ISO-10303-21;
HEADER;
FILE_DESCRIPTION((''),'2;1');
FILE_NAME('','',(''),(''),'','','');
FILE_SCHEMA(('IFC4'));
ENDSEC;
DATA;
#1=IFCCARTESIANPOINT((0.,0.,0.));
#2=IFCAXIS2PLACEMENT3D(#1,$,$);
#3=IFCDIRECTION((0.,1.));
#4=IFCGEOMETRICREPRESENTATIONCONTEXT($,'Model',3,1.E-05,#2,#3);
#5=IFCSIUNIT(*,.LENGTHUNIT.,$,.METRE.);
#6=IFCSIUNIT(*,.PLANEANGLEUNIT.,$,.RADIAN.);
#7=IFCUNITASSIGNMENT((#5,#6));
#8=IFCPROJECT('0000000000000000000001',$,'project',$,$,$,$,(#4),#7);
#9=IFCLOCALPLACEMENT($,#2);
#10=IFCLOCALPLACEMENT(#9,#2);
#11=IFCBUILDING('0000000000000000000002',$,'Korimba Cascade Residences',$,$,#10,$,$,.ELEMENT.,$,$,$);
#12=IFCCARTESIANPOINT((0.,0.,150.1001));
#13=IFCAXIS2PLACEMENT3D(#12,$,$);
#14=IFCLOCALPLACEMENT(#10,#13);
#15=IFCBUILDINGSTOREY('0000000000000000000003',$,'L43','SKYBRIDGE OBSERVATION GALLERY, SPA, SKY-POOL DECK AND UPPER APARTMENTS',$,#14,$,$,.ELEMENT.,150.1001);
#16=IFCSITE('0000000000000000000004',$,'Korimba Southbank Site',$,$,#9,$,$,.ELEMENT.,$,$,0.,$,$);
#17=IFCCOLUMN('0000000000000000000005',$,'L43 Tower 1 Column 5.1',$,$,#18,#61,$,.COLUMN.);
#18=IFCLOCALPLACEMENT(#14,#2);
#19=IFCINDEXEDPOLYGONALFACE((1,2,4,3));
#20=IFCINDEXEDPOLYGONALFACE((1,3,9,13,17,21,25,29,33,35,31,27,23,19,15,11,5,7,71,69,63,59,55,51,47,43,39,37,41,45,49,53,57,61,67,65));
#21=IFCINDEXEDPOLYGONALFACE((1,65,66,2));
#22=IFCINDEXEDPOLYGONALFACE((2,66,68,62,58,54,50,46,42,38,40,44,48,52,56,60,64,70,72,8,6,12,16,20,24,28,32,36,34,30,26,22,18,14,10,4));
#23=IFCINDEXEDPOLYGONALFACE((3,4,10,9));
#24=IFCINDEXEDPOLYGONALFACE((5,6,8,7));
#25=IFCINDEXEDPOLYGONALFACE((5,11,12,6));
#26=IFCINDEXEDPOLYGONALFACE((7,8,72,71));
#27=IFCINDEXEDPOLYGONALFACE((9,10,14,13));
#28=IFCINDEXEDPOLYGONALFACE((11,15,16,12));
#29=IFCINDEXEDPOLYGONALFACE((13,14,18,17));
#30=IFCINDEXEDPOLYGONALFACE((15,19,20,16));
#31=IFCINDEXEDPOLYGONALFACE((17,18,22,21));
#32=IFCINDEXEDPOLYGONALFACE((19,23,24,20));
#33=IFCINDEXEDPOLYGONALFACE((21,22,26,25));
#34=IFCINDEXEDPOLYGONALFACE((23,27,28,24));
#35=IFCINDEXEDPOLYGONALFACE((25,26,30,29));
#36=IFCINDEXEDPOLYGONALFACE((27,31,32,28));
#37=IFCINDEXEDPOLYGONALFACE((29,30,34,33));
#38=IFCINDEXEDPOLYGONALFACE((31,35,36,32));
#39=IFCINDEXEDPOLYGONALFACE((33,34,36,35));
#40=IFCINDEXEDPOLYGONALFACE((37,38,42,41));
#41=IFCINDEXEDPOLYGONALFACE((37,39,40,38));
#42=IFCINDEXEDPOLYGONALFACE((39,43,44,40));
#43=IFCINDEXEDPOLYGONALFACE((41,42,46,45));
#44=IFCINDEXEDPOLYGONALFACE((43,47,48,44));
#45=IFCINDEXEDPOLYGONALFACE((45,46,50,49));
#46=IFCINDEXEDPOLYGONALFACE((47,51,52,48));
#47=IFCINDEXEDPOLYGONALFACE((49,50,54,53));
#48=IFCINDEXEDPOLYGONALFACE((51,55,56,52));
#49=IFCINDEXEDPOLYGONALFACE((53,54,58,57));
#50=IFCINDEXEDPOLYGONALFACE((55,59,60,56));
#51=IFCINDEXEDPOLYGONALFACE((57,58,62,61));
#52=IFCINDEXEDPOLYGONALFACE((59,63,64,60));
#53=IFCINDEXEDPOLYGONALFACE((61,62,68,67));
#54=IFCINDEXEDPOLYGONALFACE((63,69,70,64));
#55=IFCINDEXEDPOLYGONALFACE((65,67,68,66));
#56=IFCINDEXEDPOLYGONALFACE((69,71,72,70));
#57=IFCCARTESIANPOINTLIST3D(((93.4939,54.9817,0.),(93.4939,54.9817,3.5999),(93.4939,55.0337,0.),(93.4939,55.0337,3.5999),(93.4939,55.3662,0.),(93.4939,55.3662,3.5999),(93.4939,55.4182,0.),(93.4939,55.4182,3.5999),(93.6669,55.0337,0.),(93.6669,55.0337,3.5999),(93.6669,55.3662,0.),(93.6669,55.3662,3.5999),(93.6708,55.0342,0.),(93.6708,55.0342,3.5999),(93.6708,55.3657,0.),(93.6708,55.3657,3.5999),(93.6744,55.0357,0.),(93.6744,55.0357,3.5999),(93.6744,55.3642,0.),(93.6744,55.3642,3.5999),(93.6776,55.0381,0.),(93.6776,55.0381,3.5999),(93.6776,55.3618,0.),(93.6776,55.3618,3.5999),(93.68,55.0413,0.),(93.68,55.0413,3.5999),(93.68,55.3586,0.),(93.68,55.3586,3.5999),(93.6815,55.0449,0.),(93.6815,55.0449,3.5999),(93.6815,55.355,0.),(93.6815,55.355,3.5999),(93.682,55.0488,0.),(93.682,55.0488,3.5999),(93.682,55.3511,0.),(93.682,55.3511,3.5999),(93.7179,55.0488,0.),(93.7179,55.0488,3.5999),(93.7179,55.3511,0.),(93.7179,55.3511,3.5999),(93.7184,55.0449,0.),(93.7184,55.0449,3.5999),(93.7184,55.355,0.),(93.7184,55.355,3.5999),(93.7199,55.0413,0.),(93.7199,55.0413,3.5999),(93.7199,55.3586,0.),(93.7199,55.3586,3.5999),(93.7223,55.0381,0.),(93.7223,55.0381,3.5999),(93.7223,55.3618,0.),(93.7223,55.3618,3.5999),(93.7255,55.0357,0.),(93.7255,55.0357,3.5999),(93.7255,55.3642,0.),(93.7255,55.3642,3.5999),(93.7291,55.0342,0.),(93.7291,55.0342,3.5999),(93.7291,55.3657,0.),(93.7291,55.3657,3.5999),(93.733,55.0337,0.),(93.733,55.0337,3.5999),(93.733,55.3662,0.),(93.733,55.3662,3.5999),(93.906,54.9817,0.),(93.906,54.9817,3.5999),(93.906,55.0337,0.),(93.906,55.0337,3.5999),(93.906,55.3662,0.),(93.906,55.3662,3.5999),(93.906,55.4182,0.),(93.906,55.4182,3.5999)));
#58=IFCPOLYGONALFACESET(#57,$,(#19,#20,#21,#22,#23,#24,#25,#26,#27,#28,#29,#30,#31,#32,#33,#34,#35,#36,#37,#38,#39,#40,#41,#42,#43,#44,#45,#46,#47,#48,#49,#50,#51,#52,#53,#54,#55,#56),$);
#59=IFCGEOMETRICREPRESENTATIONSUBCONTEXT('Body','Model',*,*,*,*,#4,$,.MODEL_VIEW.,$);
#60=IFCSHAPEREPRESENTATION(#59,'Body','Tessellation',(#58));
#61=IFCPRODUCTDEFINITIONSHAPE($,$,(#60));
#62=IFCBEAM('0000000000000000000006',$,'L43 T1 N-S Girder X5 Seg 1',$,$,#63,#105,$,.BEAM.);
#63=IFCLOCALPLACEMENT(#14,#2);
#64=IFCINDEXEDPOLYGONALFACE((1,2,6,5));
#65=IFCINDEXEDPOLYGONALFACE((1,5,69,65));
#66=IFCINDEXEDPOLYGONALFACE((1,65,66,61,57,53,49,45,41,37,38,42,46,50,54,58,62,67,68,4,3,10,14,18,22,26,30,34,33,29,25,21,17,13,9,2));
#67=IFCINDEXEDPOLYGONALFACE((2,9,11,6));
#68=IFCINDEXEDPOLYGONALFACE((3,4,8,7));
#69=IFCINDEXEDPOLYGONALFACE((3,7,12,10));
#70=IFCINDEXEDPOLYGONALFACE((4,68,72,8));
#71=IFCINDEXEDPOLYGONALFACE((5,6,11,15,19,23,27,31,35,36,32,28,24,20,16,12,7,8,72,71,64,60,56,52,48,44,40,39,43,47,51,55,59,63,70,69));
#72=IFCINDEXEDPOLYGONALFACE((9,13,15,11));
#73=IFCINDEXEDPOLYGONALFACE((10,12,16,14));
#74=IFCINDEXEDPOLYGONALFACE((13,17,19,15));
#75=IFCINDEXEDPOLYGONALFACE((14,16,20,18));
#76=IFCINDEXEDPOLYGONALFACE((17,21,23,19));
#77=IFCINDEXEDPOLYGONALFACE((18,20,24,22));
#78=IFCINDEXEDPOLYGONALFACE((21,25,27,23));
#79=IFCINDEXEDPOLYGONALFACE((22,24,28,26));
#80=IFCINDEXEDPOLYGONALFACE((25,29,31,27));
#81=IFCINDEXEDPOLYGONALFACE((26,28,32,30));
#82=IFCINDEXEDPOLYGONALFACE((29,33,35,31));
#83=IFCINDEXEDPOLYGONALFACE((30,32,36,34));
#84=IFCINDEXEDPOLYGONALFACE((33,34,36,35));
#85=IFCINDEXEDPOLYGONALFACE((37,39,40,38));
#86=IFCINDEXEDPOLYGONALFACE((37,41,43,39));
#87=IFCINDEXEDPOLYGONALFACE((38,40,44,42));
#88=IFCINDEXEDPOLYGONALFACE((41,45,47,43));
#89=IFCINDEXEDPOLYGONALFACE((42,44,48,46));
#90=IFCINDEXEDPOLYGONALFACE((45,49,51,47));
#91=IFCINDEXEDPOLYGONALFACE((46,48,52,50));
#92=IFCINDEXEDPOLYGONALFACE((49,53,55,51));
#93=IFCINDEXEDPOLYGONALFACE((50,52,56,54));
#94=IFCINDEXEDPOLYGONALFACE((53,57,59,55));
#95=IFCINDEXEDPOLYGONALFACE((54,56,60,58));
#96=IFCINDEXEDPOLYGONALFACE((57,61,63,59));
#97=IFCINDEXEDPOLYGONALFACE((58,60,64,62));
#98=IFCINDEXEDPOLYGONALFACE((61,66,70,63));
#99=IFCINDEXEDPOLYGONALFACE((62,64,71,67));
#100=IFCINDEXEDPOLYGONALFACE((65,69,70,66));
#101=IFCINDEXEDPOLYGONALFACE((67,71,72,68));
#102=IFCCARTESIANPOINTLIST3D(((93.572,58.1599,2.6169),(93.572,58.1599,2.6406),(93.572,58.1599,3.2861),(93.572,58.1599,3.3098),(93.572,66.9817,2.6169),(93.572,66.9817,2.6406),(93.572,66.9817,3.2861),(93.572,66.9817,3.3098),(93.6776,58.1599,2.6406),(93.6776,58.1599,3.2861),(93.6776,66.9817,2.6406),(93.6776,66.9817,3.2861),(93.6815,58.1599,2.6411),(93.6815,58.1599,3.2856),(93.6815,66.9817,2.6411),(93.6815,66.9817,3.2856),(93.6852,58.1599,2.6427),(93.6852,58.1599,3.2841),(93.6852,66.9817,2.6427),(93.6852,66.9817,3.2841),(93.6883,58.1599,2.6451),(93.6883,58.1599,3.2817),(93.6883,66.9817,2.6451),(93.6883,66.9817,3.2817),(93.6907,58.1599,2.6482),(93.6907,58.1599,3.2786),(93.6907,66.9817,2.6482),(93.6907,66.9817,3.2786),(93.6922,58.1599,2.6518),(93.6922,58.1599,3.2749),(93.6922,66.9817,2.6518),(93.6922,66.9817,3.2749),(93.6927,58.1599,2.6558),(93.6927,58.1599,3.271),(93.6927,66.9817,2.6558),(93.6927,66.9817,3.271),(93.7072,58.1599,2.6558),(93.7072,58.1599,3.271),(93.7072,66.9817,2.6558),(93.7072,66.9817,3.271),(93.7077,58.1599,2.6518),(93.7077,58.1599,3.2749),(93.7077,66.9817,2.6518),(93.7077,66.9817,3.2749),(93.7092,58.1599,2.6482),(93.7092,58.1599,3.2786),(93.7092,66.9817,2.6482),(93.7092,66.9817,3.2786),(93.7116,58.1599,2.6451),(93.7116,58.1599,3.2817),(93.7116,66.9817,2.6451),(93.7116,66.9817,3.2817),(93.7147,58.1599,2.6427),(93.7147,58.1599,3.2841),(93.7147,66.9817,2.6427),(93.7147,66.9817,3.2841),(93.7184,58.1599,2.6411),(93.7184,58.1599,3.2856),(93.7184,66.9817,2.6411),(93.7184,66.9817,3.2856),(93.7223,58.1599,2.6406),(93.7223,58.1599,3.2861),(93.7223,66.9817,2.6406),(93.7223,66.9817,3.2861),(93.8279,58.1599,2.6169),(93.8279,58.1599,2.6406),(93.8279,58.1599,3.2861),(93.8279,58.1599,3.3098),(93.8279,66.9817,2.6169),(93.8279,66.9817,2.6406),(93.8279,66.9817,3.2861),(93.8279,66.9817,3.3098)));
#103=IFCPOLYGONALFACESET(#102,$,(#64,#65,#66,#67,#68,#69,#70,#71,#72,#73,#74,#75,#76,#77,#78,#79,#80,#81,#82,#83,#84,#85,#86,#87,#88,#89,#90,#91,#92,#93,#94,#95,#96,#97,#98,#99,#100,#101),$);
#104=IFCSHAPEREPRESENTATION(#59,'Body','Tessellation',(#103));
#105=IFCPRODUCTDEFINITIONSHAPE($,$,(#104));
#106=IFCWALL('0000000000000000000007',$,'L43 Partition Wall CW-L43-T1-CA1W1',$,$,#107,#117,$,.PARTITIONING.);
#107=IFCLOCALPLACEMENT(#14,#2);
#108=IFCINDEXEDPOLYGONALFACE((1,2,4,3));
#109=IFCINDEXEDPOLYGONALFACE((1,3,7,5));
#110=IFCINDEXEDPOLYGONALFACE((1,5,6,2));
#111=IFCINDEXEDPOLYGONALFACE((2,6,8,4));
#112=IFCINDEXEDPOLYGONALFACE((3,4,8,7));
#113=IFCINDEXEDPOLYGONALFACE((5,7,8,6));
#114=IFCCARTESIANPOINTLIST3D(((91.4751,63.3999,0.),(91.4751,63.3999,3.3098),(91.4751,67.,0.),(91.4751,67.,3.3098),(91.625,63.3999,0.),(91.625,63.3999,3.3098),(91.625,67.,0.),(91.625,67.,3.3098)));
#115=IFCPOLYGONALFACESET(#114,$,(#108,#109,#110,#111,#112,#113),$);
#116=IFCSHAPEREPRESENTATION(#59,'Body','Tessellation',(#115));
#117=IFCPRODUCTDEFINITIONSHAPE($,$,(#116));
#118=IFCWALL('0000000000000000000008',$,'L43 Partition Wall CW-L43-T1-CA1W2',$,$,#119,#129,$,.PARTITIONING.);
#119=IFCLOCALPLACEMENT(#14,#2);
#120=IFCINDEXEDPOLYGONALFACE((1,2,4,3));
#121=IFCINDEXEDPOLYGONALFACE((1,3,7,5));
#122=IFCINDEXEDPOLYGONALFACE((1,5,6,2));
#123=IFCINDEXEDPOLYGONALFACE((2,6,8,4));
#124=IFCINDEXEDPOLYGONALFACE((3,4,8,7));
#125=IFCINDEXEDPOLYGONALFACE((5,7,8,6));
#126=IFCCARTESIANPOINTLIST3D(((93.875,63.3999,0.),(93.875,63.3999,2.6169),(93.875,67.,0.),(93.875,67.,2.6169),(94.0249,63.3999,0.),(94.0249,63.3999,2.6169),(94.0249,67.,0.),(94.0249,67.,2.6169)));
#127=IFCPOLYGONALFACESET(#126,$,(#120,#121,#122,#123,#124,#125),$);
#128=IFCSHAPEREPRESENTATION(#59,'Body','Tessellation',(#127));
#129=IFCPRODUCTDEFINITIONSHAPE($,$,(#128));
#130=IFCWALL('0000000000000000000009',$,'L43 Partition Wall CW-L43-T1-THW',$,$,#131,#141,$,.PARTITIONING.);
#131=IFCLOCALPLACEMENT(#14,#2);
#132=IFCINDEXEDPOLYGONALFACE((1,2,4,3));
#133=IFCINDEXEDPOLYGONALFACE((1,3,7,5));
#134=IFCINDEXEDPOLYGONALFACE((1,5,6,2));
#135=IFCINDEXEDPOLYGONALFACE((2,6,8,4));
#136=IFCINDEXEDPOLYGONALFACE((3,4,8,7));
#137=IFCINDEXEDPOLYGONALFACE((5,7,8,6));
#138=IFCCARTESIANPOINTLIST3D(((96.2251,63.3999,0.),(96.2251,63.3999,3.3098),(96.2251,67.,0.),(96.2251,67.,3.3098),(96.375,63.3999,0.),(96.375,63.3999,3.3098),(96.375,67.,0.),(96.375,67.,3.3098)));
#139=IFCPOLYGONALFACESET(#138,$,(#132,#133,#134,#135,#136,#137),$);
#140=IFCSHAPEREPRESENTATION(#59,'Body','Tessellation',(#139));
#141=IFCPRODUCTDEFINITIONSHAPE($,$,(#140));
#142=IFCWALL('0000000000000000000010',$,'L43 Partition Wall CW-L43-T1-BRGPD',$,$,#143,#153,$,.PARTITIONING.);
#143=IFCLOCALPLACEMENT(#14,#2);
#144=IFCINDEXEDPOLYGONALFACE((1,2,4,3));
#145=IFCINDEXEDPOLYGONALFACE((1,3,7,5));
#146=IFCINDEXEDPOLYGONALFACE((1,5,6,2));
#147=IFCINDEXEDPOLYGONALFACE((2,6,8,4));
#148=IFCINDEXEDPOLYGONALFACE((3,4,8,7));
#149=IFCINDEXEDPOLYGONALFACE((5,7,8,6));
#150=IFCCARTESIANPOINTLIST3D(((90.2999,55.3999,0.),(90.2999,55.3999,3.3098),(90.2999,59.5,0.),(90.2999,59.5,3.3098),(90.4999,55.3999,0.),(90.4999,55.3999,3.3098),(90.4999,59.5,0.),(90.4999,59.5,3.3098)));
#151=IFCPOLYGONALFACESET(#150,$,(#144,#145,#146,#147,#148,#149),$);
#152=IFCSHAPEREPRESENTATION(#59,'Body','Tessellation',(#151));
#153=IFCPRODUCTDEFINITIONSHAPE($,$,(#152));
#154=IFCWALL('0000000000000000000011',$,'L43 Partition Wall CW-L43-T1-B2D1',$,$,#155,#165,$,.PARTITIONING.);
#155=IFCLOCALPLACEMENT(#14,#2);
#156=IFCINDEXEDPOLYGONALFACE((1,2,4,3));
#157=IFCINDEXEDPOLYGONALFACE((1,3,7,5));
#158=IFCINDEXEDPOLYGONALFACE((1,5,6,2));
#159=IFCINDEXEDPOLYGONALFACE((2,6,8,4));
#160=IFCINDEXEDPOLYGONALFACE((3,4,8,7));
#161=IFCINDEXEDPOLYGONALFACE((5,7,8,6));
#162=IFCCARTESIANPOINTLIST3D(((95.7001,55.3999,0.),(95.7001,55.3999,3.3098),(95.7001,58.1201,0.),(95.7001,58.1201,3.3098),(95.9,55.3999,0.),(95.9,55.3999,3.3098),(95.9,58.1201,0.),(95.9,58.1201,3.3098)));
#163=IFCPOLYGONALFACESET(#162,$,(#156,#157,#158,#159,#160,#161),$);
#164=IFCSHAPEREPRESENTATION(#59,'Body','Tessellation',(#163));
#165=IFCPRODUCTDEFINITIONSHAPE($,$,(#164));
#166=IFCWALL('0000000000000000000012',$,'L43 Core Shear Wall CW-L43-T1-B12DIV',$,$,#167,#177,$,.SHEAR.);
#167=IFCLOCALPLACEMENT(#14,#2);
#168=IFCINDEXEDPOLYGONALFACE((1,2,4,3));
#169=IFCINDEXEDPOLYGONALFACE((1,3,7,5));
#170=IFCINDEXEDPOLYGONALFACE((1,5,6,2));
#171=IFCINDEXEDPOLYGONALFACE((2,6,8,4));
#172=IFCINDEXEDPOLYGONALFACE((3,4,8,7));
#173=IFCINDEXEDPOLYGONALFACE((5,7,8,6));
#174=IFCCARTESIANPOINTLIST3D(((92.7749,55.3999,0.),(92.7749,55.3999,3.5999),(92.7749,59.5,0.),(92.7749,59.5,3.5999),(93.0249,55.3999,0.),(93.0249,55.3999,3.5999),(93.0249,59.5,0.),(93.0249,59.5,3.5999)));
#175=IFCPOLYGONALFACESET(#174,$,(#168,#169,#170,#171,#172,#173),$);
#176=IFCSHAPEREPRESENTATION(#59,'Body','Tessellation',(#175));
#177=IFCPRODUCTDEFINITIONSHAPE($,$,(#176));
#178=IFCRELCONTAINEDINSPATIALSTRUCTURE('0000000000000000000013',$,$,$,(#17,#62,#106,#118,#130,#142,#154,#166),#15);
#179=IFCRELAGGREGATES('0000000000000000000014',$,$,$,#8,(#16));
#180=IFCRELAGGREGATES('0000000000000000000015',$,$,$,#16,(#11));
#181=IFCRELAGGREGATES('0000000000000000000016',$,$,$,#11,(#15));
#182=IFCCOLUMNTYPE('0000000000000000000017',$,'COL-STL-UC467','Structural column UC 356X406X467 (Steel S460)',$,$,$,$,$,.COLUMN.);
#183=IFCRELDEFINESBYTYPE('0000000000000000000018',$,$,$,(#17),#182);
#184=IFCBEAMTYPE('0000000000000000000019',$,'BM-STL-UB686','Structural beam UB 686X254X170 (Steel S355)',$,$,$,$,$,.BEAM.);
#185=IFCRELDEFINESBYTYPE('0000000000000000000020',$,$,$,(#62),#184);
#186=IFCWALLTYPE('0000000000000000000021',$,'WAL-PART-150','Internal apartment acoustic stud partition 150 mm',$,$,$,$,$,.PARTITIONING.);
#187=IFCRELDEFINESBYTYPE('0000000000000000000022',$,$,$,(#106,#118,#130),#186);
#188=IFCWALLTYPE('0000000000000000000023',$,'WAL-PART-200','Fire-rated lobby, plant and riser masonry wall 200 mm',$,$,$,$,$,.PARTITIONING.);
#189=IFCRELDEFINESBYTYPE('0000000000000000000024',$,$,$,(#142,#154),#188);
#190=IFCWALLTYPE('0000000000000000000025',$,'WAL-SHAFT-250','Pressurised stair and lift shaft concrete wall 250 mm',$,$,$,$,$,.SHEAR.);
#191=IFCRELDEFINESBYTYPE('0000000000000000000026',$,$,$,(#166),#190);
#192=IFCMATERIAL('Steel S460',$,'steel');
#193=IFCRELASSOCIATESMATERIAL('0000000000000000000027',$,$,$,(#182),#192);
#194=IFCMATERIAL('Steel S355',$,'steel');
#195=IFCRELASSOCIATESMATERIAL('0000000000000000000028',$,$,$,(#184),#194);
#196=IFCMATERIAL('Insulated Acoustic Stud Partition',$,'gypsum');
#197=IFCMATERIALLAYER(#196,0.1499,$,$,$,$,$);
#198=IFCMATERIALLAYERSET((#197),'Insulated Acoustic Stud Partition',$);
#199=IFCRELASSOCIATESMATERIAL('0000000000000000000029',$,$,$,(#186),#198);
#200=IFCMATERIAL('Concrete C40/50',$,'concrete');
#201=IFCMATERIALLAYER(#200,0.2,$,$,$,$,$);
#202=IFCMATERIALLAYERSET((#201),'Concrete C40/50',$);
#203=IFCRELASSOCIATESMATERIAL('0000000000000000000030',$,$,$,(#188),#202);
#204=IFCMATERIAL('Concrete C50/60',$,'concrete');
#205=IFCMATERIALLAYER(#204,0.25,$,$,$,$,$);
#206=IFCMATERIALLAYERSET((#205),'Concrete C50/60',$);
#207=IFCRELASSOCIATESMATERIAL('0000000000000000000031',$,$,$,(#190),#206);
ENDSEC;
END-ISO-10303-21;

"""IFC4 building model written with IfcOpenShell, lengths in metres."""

from ifc_helpers import new_model, si_unit, direction, frame, frame_2d, origin, origin_2d, place, context, subcontext, project, spatial, rectangle, i_section, extrude, material, layer, layer_set, material_profile, profile_set, type_object, element, save


model = new_model("IFC4")

# Units and contexts
model_context = context("Model", 3, precision=1e-05, world=origin(), true_north=direction((0.0, 1.0)))
body_context = subcontext(model_context, "Body", "Model", "MODEL_VIEW")
ifc_project = project(units=[si_unit("LENGTHUNIT", "METRE"), si_unit("PLANEANGLEUNIT", "RADIAN")], contexts=[model_context])

# Site, building, storey
site_placement = place(None, origin())
site = spatial("IfcSite", under=ifc_project, at=site_placement, Name="Korimba Southbank Site", CompositionType="ELEMENT", RefElevation=0.0)
building_placement = place(site_placement, origin())
building = spatial("IfcBuilding", under=site, at=building_placement, Name="Korimba Cascade Residences", CompositionType="ELEMENT")
storey_placement = place(building_placement, frame((0.0, 0.0, 150.1001)))
storey = spatial("IfcBuildingStorey", under=building, at=storey_placement, Name="L43", Description="SKYBRIDGE OBSERVATION GALLERY, SPA, SKY-POOL DECK AND UPPER APARTMENTS", CompositionType="ELEMENT", Elevation=150.1001)

# Column
ifc_material_1 = material(Name="Steel S460", Category="steel")
ifc_material_profile_1 = material_profile(ifc_material_1, i_section(OverallWidth=0.4121, OverallDepth=0.4365, WebThickness=0.0359, FlangeThickness=0.052, FilletRadius=0.0151, at=origin_2d()), Name="Steel S460")
ifc_profile_set_1 = profile_set([ifc_material_profile_1], Name="Steel S460")
column_type = type_object("IfcColumnType", Name="COL-STL-UC467", Description="Structural column UC 356X406X467 (Steel S460)", PredefinedType="COLUMN", material=ifc_profile_set_1)
column_placement = place(storey_placement, frame((93.7, 55.2, 0.0), z_axis=(0.0, 0.0, 1.0), x_axis=(1.0, 0.0, 0.0)))
element("IfcColumn", 1, at=column_placement, inside=storey, type_object=column_type, Name="L43 Tower 1 Column 5.1", PredefinedType="COLUMN", context=body_context, shape_type="SweptSolid", body=[
    extrude(i_section(OverallWidth=0.4121, OverallDepth=0.4365, WebThickness=0.0359, FlangeThickness=0.052, FilletRadius=0.0151, at=origin_2d()), origin(), (0.0, 0.0, 1.0), 3.5999),
])

# Beam
ifc_material_2 = material(Name="Steel S355", Category="steel")
ifc_material_profile_2 = material_profile(ifc_material_2, i_section(OverallWidth=0.2559, OverallDepth=0.6929, WebThickness=0.0144, FlangeThickness=0.0237, FilletRadius=0.0151, at=origin_2d()), Name="Steel S355")
ifc_profile_set_2 = profile_set([ifc_material_profile_2], Name="Steel S355")
beam_type = type_object("IfcBeamType", Name="BM-STL-UB686", Description="Structural beam UB 686X254X170 (Steel S355)", PredefinedType="BEAM", material=ifc_profile_set_2)
beam_placement = place(storey_placement, frame((93.7, 58.1599, 2.9634), z_axis=(0.0, 1.0, 0.0), x_axis=(-1.0, 0.0, 0.0)))
element("IfcBeam", 2, at=beam_placement, inside=storey, type_object=beam_type, Name="L43 T1 N-S Girder X5 Seg 1", PredefinedType="BEAM", context=body_context, shape_type="SweptSolid", body=[
    extrude(i_section(OverallWidth=0.2559, OverallDepth=0.6929, WebThickness=0.0144, FlangeThickness=0.0237, FilletRadius=0.0151, at=origin_2d()), origin(), (0.0, 0.0, 1.0), 8.8218),
])

# Walls
ifc_material_3 = material(Name="Insulated Acoustic Stud Partition", Category="gypsum")
ifc_layer_1 = layer(ifc_material_3, 0.1499)
ifc_layer_set_1 = layer_set([ifc_layer_1], Name="Insulated Acoustic Stud Partition")
wall_type_1 = type_object("IfcWallType", Name="WAL-PART-150", Description="Internal apartment acoustic stud partition 150 mm", PredefinedType="PARTITIONING", material=ifc_layer_set_1)
wall_1_placement = place(storey_placement, frame((91.55, 63.3999, 0.0), z_axis=(0.0, 0.0, 1.0), x_axis=(0.0, 1.0, 0.0)))
element("IfcWall", 3, at=wall_1_placement, inside=storey, type_object=wall_type_1, Name="L43 Partition Wall CW-L43-T1-CA1W1", PredefinedType="PARTITIONING", context=body_context, shape_type="SweptSolid", body=[
    extrude(rectangle(XDim=3.6001, YDim=0.1499, at=frame_2d((1.8, 0.0))), origin(), (0.0, 0.0, 1.0), 3.3098),
])
wall_2_placement = place(storey_placement, frame((93.95, 63.3999, 0.0), z_axis=(0.0, 0.0, 1.0), x_axis=(0.0, 1.0, 0.0)))
element("IfcWall", 4, at=wall_2_placement, inside=storey, type_object=wall_type_1, Name="L43 Partition Wall CW-L43-T1-CA1W2", PredefinedType="PARTITIONING", context=body_context, shape_type="SweptSolid", body=[
    extrude(rectangle(XDim=3.6001, YDim=0.1499, at=frame_2d((1.8, 0.0))), origin(), (0.0, 0.0, 1.0), 2.6169),
])
wall_3_placement = place(storey_placement, frame((96.3, 63.3999, 0.0), z_axis=(0.0, 0.0, 1.0), x_axis=(0.0, 1.0, 0.0)))
element("IfcWall", 5, at=wall_3_placement, inside=storey, type_object=wall_type_1, Name="L43 Partition Wall CW-L43-T1-THW", PredefinedType="PARTITIONING", context=body_context, shape_type="SweptSolid", body=[
    extrude(rectangle(XDim=3.6001, YDim=0.1499, at=frame_2d((1.8, 0.0))), origin(), (0.0, 0.0, 1.0), 3.3098),
])
ifc_material_4 = material(Name="Concrete C40/50", Category="concrete")
ifc_layer_2 = layer(ifc_material_4, 0.2)
ifc_layer_set_2 = layer_set([ifc_layer_2], Name="Concrete C40/50")
wall_type_2 = type_object("IfcWallType", Name="WAL-PART-200", Description="Fire-rated lobby, plant and riser masonry wall 200 mm", PredefinedType="PARTITIONING", material=ifc_layer_set_2)
wall_4_placement = place(storey_placement, frame((90.3999, 55.3999, 0.0), z_axis=(0.0, 0.0, 1.0), x_axis=(0.0, 1.0, 0.0)))
element("IfcWall", 6, at=wall_4_placement, inside=storey, type_object=wall_type_2, Name="L43 Partition Wall CW-L43-T1-BRGPD", PredefinedType="PARTITIONING", context=body_context, shape_type="SweptSolid", body=[
    extrude(rectangle(XDim=4.1001, YDim=0.2, at=frame_2d((2.05, 0.0))), origin(), (0.0, 0.0, 1.0), 3.3098),
])
wall_5_placement = place(storey_placement, frame((95.8, 55.3999, 0.0), z_axis=(0.0, 0.0, 1.0), x_axis=(0.0, 1.0, 0.0)))
element("IfcWall", 7, at=wall_5_placement, inside=storey, type_object=wall_type_2, Name="L43 Partition Wall CW-L43-T1-B2D1", PredefinedType="PARTITIONING", context=body_context, shape_type="SweptSolid", body=[
    extrude(rectangle(XDim=2.7202, YDim=0.2, at=frame_2d((1.3601, 0.0))), origin(), (0.0, 0.0, 1.0), 3.3098),
])
ifc_material_5 = material(Name="Concrete C50/60", Category="concrete")
ifc_layer_3 = layer(ifc_material_5, 0.25)
ifc_layer_set_3 = layer_set([ifc_layer_3], Name="Concrete C50/60")
wall_type_3 = type_object("IfcWallType", Name="WAL-SHAFT-250", Description="Pressurised stair and lift shaft concrete wall 250 mm", PredefinedType="SHEAR", material=ifc_layer_set_3)
wall_6_placement = place(storey_placement, frame((92.8999, 55.3999, 0.0), z_axis=(0.0, 0.0, 1.0), x_axis=(0.0, 1.0, 0.0)))
element("IfcWall", 8, at=wall_6_placement, inside=storey, type_object=wall_type_3, Name="L43 Core Shear Wall CW-L43-T1-B12DIV", PredefinedType="SHEAR", context=body_context, shape_type="SweptSolid", body=[
    extrude(rectangle(XDim=4.1001, YDim=0.25, at=frame_2d((2.05, 0.0))), origin(), (0.0, 0.0, 1.0), 3.5999),
])

save(model, "model.ifc")
